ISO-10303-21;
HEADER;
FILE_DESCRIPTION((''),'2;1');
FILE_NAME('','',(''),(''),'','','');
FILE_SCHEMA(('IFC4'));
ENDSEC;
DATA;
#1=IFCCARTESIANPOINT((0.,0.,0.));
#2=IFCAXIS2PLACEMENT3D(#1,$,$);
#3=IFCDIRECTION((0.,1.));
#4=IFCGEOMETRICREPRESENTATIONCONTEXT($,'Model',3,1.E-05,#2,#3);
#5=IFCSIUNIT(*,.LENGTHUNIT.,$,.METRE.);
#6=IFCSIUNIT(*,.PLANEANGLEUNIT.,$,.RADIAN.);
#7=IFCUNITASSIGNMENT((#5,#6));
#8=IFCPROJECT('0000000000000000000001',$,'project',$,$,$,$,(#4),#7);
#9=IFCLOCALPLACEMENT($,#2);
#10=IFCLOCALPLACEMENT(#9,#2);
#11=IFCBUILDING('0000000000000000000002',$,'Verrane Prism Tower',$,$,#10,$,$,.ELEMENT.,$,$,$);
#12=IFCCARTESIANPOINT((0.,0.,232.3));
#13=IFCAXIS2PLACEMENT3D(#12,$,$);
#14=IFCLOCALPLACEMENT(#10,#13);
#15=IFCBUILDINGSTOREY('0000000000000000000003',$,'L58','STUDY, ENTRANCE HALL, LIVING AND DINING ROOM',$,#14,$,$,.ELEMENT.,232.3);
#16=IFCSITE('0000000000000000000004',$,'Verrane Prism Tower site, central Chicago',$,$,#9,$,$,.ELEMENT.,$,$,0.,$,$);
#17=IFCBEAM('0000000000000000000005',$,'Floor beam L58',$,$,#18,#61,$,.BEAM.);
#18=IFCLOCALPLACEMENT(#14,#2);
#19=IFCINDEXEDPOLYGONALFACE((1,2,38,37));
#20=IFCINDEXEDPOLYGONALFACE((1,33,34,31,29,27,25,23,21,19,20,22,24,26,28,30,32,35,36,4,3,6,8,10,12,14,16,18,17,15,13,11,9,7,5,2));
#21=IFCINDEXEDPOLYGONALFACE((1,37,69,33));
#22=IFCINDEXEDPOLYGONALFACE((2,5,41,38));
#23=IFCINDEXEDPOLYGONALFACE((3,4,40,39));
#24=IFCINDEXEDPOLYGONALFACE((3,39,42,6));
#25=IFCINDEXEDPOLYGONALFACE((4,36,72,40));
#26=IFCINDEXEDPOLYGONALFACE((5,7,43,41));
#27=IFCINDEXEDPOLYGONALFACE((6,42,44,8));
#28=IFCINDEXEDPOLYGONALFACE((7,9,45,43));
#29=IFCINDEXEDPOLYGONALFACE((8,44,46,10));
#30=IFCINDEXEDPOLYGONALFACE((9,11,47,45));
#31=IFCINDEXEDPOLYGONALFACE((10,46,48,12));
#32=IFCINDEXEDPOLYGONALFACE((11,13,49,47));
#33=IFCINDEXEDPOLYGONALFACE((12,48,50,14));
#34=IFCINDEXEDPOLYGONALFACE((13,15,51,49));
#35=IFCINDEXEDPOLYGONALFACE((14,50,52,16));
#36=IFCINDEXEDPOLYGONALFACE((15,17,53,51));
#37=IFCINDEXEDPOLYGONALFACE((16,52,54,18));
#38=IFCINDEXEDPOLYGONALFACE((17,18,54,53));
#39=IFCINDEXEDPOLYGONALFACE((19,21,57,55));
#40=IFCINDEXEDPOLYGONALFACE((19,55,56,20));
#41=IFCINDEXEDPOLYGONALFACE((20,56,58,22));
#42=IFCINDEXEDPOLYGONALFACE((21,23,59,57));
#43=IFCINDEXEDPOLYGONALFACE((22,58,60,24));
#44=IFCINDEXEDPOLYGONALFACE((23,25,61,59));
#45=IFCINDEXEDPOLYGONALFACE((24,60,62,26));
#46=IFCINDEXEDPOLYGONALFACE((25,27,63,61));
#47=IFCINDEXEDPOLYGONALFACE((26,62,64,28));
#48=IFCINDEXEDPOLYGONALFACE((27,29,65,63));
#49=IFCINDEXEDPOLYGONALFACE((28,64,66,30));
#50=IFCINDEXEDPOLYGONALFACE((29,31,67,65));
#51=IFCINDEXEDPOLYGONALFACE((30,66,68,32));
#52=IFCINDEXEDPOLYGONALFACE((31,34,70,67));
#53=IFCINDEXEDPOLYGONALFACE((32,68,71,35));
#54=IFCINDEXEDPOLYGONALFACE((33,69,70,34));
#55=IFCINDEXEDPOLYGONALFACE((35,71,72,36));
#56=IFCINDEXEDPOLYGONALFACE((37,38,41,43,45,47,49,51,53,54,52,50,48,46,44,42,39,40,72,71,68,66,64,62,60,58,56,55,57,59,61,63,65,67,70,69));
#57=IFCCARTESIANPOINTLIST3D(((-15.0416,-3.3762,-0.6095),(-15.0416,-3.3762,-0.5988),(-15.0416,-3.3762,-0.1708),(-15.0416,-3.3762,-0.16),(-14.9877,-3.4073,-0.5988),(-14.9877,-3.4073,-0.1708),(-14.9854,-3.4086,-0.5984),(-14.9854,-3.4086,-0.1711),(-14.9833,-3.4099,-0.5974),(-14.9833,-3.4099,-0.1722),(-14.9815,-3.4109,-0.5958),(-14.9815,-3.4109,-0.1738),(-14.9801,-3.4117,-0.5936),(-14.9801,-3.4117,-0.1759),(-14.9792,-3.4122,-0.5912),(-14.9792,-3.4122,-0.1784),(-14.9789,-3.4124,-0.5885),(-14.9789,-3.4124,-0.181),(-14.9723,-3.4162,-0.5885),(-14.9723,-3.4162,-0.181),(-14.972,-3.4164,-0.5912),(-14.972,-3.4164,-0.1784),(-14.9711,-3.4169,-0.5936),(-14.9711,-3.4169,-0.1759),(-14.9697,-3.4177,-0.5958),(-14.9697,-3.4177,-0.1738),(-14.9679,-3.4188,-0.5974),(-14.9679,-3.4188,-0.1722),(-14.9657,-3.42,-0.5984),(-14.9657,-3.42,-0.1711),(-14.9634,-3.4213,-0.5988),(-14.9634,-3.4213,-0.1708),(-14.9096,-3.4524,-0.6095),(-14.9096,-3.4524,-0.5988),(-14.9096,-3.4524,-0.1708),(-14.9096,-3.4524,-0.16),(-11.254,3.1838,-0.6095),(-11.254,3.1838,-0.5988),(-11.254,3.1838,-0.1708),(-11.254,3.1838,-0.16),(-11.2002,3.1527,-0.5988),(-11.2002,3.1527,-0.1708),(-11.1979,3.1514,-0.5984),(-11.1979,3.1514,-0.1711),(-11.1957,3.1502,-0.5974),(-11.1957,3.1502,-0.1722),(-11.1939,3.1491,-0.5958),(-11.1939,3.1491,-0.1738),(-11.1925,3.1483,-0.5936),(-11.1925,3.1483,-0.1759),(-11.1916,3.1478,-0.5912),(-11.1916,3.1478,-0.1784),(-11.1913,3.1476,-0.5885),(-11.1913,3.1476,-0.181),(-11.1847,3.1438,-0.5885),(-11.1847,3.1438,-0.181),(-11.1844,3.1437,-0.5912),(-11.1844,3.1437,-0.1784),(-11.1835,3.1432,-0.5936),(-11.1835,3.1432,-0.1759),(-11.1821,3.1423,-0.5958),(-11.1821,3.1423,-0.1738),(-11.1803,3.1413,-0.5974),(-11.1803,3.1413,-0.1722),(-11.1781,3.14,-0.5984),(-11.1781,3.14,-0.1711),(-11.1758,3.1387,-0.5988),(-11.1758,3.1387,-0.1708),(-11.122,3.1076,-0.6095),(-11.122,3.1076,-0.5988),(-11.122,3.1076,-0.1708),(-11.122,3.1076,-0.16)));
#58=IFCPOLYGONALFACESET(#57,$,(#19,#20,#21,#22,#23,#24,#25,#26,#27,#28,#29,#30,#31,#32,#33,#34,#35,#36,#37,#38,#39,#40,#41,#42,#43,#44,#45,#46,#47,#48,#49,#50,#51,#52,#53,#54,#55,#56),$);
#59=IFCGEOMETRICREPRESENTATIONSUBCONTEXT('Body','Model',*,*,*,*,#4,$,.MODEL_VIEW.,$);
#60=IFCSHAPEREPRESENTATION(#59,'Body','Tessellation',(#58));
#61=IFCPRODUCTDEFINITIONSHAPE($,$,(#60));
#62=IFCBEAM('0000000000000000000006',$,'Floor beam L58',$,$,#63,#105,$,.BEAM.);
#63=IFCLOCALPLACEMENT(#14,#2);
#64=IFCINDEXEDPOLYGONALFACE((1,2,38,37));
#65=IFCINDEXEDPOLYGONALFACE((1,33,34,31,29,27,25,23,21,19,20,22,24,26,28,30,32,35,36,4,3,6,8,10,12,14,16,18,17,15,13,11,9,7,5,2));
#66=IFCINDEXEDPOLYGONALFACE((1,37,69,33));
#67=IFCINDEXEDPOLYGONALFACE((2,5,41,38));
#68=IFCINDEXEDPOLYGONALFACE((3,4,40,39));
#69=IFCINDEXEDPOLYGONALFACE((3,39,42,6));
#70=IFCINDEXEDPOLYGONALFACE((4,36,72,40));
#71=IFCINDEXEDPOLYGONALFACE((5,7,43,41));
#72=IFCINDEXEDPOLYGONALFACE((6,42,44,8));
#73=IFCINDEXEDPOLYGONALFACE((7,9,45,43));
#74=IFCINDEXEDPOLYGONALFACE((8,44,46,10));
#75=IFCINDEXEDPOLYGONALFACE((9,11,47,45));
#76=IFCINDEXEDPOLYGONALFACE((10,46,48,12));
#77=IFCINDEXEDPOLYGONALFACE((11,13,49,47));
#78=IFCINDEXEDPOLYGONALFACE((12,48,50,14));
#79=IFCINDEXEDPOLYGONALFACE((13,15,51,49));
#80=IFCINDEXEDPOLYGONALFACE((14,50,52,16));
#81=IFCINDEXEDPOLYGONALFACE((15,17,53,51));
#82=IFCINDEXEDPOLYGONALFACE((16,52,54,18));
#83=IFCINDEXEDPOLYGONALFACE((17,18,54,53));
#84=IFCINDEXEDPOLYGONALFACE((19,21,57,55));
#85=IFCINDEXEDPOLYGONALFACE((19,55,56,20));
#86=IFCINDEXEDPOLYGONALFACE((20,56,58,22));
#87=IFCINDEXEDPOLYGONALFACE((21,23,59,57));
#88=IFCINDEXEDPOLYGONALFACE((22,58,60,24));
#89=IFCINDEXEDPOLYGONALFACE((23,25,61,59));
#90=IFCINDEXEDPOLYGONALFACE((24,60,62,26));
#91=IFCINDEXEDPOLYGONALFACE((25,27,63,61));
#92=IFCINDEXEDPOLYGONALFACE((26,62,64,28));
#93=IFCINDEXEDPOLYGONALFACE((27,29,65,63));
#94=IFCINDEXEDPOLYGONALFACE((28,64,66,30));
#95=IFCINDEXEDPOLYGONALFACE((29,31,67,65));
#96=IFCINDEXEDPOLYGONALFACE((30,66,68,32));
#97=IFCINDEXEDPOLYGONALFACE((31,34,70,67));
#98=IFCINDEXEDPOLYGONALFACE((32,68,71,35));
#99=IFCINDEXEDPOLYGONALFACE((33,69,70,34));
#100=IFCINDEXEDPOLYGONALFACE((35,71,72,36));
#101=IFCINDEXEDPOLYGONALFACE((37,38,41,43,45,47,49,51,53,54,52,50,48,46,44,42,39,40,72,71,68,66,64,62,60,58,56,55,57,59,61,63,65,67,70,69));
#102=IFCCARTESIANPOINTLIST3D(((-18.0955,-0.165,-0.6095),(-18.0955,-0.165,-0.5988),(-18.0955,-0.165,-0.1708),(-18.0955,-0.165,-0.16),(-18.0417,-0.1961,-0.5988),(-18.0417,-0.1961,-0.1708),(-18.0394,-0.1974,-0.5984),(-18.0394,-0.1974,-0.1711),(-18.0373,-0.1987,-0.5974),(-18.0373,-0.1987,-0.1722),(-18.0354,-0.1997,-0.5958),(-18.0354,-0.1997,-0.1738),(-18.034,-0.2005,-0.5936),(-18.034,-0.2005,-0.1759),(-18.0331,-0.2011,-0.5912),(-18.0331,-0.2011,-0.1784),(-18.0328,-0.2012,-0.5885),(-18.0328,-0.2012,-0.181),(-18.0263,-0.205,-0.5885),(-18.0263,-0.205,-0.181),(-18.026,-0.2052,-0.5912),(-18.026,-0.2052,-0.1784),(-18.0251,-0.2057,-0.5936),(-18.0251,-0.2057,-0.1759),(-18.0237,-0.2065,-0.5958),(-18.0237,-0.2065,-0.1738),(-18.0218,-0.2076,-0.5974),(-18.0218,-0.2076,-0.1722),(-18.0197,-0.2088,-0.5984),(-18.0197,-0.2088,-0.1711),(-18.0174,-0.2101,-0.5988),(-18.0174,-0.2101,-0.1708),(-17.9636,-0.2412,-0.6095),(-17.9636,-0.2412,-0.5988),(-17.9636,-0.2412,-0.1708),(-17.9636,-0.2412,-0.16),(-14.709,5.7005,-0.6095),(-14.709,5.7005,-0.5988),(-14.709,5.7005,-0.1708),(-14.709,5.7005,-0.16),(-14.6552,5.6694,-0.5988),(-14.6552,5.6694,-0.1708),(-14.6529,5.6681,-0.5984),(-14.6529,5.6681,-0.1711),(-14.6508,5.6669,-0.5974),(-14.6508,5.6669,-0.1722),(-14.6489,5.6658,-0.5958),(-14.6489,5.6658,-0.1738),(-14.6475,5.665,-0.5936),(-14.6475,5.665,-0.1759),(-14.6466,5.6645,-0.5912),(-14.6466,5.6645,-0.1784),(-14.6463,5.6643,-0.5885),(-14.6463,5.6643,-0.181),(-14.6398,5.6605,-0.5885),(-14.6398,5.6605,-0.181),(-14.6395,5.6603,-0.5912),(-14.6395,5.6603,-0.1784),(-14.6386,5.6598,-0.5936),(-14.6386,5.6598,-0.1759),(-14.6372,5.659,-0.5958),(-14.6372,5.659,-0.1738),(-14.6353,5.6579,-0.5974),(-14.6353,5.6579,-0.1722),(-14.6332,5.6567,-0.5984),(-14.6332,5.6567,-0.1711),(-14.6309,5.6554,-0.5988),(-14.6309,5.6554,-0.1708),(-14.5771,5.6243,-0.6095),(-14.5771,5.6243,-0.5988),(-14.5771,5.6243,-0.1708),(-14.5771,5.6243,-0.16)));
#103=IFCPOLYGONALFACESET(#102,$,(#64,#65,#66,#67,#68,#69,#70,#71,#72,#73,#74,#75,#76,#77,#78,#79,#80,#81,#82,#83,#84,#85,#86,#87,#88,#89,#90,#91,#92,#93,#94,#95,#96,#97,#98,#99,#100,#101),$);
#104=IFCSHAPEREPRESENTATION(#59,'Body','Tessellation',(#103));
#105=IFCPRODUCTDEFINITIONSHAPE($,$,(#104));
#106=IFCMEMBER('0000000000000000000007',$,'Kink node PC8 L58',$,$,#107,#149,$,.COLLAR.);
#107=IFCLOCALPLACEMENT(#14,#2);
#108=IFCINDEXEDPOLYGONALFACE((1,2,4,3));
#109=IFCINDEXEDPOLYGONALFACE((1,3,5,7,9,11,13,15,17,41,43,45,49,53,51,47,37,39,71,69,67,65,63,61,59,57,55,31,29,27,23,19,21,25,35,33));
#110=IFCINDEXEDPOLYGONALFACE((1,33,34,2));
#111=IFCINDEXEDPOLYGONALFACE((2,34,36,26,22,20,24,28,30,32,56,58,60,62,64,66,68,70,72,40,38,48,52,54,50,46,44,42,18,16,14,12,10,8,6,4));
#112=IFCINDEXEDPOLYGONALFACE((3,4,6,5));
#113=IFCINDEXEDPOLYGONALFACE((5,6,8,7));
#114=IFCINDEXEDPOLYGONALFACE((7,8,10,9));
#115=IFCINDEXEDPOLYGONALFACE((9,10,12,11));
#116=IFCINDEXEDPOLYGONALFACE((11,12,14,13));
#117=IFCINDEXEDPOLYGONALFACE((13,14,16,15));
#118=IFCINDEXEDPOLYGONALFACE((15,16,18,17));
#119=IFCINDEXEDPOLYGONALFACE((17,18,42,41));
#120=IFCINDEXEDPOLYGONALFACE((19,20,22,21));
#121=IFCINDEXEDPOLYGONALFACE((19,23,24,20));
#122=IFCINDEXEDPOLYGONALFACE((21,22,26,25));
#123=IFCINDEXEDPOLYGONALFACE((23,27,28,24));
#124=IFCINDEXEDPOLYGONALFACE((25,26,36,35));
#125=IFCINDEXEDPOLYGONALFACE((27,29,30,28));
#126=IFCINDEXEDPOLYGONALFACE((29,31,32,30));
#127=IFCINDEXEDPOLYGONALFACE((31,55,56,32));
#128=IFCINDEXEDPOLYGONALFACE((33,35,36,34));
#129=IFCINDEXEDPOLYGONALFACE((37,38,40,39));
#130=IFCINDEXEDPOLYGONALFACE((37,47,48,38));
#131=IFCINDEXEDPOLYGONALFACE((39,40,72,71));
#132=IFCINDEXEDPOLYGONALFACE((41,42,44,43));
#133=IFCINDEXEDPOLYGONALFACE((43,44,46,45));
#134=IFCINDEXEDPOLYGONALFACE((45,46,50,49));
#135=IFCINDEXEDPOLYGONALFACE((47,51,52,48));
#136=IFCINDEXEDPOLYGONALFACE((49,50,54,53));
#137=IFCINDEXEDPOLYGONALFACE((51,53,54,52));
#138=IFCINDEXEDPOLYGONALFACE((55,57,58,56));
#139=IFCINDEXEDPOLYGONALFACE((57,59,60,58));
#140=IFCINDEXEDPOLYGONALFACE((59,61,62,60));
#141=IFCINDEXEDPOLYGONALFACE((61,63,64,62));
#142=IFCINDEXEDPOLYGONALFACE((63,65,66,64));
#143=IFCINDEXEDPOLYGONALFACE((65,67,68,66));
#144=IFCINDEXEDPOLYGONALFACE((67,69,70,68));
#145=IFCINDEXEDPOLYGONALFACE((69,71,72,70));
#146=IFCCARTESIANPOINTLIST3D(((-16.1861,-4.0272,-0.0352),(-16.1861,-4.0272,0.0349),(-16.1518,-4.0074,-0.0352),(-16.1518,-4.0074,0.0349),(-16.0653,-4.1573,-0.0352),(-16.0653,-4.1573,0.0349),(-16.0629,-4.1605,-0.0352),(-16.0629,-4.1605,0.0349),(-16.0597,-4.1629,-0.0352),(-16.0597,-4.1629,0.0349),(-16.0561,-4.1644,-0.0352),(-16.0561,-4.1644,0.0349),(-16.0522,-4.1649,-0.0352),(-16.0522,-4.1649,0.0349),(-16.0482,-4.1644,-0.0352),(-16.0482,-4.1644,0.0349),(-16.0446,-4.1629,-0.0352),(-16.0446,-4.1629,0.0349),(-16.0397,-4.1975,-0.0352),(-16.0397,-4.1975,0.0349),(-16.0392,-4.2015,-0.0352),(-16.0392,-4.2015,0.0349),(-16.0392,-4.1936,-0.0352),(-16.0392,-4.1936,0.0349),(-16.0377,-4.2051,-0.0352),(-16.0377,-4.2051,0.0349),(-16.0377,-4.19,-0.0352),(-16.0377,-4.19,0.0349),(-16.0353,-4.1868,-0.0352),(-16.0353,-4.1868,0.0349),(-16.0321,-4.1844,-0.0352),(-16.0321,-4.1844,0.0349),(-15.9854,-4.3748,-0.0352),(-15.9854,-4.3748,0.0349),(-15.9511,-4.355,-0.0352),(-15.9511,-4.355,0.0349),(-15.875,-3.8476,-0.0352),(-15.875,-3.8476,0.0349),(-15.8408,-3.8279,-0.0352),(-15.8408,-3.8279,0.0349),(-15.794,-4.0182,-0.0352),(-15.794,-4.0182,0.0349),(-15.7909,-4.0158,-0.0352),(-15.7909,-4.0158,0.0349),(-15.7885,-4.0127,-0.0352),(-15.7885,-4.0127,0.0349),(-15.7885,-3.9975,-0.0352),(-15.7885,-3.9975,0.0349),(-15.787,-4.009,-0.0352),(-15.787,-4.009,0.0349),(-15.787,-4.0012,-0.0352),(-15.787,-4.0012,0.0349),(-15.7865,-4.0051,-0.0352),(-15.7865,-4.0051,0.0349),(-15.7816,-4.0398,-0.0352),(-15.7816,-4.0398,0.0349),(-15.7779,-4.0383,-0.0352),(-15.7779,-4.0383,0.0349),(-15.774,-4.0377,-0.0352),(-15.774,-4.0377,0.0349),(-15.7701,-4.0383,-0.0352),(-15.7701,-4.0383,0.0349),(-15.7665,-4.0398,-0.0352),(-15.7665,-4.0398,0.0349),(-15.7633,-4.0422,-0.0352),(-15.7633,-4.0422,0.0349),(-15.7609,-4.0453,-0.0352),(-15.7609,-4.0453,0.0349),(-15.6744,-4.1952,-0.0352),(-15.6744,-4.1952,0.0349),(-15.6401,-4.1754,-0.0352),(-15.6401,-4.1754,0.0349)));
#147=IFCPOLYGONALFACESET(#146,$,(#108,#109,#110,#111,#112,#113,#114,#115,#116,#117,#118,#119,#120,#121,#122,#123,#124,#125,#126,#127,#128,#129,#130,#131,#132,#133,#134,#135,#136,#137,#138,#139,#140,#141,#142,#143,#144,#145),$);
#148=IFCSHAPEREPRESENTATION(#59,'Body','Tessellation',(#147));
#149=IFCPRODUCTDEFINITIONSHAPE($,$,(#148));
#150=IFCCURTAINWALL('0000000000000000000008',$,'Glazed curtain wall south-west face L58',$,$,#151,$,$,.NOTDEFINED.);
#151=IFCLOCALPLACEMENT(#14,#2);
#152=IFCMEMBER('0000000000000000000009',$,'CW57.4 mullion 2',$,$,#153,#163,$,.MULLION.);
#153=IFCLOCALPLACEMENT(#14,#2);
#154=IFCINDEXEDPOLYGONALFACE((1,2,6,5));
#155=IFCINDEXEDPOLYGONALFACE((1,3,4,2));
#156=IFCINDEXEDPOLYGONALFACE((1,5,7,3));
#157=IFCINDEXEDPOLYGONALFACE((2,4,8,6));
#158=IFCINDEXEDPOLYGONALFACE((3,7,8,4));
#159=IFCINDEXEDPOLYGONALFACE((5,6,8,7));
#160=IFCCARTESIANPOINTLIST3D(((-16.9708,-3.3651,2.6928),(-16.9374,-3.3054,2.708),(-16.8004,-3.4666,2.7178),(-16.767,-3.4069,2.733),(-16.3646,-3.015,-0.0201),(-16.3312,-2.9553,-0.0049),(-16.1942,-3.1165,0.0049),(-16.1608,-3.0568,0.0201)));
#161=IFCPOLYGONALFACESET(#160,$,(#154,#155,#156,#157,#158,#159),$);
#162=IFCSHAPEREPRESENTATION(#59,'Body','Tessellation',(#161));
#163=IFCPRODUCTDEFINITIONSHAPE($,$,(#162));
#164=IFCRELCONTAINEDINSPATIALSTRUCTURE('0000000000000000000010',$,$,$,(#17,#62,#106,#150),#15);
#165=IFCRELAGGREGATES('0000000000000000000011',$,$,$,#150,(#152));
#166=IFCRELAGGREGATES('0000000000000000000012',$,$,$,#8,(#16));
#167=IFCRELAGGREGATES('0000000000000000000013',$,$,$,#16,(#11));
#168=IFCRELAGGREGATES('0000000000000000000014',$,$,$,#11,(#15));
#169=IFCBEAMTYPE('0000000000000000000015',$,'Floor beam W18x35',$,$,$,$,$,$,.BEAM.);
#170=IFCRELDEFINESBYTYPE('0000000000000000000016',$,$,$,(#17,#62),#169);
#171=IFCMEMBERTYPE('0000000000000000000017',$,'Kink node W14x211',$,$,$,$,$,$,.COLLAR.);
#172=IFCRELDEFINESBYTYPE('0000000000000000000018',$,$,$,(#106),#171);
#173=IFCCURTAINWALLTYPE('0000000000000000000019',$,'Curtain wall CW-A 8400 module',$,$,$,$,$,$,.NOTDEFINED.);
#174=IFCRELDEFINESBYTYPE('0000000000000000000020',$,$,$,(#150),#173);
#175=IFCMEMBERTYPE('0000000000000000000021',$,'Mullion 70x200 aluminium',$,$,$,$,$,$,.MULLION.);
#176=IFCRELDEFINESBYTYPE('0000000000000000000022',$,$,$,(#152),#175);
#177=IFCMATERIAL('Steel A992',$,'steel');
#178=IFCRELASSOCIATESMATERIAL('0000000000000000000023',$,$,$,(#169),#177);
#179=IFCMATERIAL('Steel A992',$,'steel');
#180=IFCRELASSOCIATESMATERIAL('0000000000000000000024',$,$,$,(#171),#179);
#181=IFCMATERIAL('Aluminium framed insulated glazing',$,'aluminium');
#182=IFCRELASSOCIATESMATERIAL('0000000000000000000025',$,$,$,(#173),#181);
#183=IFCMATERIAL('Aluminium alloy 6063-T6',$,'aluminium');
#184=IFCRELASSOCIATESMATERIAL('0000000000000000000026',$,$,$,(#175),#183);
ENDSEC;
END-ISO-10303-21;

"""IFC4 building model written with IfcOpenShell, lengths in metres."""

from ifc_helpers import new_model, si_unit, direction, frame, origin, origin_2d, place, context, subcontext, project, spatial, rectangle, i_section, extrude, material, material_profile, profile_set, type_object, element, aggregate, save


model = new_model("IFC4")

# Units and contexts
model_context = context("Model", 3, precision=1e-05, world=origin(), true_north=direction((0.0, 1.0)))
body_context = subcontext(model_context, "Body", "Model", "MODEL_VIEW")
ifc_project = project(units=[si_unit("LENGTHUNIT", "METRE"), si_unit("PLANEANGLEUNIT", "RADIAN")], contexts=[model_context])

# Site, building, storey
site_placement = place(None, origin())
site = spatial("IfcSite", under=ifc_project, at=site_placement, Name="Verrane Prism Tower site, central Chicago", CompositionType="ELEMENT", RefElevation=0.0)
building_placement = place(site_placement, origin())
building = spatial("IfcBuilding", under=site, at=building_placement, Name="Verrane Prism Tower", CompositionType="ELEMENT")
storey_placement = place(building_placement, frame((0.0, 0.0, 232.3)))
storey = spatial("IfcBuildingStorey", under=building, at=storey_placement, Name="L58", Description="STUDY, ENTRANCE HALL, LIVING AND DINING ROOM", CompositionType="ELEMENT", Elevation=232.3)

# Beams
ifc_material_1 = material(Name="Steel A992", Category="steel")
ifc_material_profile_1 = material_profile(ifc_material_1, i_section(OverallWidth=0.1523, OverallDepth=0.4495, WebThickness=0.0076, FlangeThickness=0.0107, FilletRadius=0.0103, at=origin_2d()), Name="W18x35")
ifc_profile_set_1 = profile_set([ifc_material_profile_1], Name="Steel A992")
beam_type_1 = type_object("IfcBeamType", Name="Floor beam W18x35", PredefinedType="BEAM", material=ifc_profile_set_1)
beam_1_placement = place(storey_placement, frame((-14.9756, -3.4143, -0.3848), z_axis=(0.500014, 0.866017, 0.0), x_axis=(-0.866017, 0.500014, 0.0)))
element("IfcBeam", 1, at=beam_1_placement, inside=storey, type_object=beam_type_1, Name="Floor beam L58", PredefinedType="BEAM", context=body_context, shape_type="SweptSolid", body=[
    extrude(i_section(OverallWidth=0.1523, OverallDepth=0.4495, WebThickness=0.0076, FlangeThickness=0.0107, FilletRadius=0.0103, at=origin_2d()), origin(), (0.0, 0.0, 1.0), 7.575),
])
beam_2_placement = place(storey_placement, frame((-18.0295, -0.2031, -0.3848), z_axis=(0.500004, 0.866023, 0.0), x_axis=(-0.866023, 0.500004, 0.0)))
element("IfcBeam", 2, at=beam_2_placement, inside=storey, type_object=beam_type_1, Name="Floor beam L58", PredefinedType="BEAM", context=body_context, shape_type="SweptSolid", body=[
    extrude(i_section(OverallWidth=0.1523, OverallDepth=0.4495, WebThickness=0.0076, FlangeThickness=0.0107, FilletRadius=0.0103, at=origin_2d()), origin(), (0.0, 0.0, 1.0), 6.7729),
])

# Member
ifc_material_2 = material(Name="Steel A992", Category="steel")
ifc_material_profile_2 = material_profile(ifc_material_2, i_section(OverallWidth=0.4014, OverallDepth=0.3987, WebThickness=0.0249, FlangeThickness=0.0396, FilletRadius=0.0151, at=origin_2d()), Name="W14x211")
ifc_profile_set_2 = profile_set([ifc_material_profile_2], Name="Steel A992")
member_type_1 = type_object("IfcMemberType", Name="Kink node W14x211", PredefinedType="COLLAR", material=ifc_profile_set_2)
member_1_placement = place(storey_placement, frame((-15.9131, -4.1013, -0.0352), z_axis=(0.0, 0.0, 1.0), x_axis=(-0.5, 0.866025, 0.0)))
element("IfcMember", 3, at=member_1_placement, inside=storey, type_object=member_type_1, Name="Kink node PC8 L58", PredefinedType="COLLAR", context=body_context, shape_type="SweptSolid", body=[
    extrude(i_section(OverallWidth=0.4014, OverallDepth=0.3987, WebThickness=0.0249, FlangeThickness=0.0396, FilletRadius=0.0151, at=origin_2d()), origin(), (0.0, 0.0, 1.0), 0.0701),
])

# Curtain wall, member
ifc_material_3 = material(Name="Aluminium framed insulated glazing", Category="aluminium")
curtain_wall_type = type_object("IfcCurtainWallType", Name="Curtain wall CW-A 8400 module", PredefinedType="NOTDEFINED", material=ifc_material_3)
curtain_wall_placement = place(storey_placement, origin())
curtain_wall = element("IfcCurtainWall", 4, at=curtain_wall_placement, inside=storey, type_object=curtain_wall_type, Name="Glazed curtain wall south-west face L58", PredefinedType="NOTDEFINED")
ifc_material_4 = material(Name="Aluminium alloy 6063-T6", Category="aluminium")
ifc_material_profile_3 = material_profile(ifc_material_4, rectangle(XDim=0.2, YDim=0.0701, at=origin_2d()), Name="Mullion 70x200 aluminium")
ifc_profile_set_3 = profile_set([ifc_material_profile_3], Name="Aluminium alloy 6063-T6")
member_type_2 = type_object("IfcMemberType", Name="Mullion 70x200 aluminium", PredefinedType="MULLION", material=ifc_profile_set_3)
member_2_placement = place(storey_placement, frame((-16.2627, -3.0359, 0.0), z_axis=(-0.216365, -0.124957, 0.968283), x_axis=(0.852359, -0.507816, 0.124928)))
member_2 = element("IfcMember", 5, at=member_2_placement, type_object=member_type_2, Name="CW57.4 mullion 2", PredefinedType="MULLION", context=body_context, shape_type="SweptSolid", body=[
    extrude(rectangle(XDim=0.2, YDim=0.0701, at=origin_2d()), origin(), (0.0, 0.0, 1.0), 2.8018),
])

aggregate(curtain_wall, [member_2])

save(model, "model.ifc")
